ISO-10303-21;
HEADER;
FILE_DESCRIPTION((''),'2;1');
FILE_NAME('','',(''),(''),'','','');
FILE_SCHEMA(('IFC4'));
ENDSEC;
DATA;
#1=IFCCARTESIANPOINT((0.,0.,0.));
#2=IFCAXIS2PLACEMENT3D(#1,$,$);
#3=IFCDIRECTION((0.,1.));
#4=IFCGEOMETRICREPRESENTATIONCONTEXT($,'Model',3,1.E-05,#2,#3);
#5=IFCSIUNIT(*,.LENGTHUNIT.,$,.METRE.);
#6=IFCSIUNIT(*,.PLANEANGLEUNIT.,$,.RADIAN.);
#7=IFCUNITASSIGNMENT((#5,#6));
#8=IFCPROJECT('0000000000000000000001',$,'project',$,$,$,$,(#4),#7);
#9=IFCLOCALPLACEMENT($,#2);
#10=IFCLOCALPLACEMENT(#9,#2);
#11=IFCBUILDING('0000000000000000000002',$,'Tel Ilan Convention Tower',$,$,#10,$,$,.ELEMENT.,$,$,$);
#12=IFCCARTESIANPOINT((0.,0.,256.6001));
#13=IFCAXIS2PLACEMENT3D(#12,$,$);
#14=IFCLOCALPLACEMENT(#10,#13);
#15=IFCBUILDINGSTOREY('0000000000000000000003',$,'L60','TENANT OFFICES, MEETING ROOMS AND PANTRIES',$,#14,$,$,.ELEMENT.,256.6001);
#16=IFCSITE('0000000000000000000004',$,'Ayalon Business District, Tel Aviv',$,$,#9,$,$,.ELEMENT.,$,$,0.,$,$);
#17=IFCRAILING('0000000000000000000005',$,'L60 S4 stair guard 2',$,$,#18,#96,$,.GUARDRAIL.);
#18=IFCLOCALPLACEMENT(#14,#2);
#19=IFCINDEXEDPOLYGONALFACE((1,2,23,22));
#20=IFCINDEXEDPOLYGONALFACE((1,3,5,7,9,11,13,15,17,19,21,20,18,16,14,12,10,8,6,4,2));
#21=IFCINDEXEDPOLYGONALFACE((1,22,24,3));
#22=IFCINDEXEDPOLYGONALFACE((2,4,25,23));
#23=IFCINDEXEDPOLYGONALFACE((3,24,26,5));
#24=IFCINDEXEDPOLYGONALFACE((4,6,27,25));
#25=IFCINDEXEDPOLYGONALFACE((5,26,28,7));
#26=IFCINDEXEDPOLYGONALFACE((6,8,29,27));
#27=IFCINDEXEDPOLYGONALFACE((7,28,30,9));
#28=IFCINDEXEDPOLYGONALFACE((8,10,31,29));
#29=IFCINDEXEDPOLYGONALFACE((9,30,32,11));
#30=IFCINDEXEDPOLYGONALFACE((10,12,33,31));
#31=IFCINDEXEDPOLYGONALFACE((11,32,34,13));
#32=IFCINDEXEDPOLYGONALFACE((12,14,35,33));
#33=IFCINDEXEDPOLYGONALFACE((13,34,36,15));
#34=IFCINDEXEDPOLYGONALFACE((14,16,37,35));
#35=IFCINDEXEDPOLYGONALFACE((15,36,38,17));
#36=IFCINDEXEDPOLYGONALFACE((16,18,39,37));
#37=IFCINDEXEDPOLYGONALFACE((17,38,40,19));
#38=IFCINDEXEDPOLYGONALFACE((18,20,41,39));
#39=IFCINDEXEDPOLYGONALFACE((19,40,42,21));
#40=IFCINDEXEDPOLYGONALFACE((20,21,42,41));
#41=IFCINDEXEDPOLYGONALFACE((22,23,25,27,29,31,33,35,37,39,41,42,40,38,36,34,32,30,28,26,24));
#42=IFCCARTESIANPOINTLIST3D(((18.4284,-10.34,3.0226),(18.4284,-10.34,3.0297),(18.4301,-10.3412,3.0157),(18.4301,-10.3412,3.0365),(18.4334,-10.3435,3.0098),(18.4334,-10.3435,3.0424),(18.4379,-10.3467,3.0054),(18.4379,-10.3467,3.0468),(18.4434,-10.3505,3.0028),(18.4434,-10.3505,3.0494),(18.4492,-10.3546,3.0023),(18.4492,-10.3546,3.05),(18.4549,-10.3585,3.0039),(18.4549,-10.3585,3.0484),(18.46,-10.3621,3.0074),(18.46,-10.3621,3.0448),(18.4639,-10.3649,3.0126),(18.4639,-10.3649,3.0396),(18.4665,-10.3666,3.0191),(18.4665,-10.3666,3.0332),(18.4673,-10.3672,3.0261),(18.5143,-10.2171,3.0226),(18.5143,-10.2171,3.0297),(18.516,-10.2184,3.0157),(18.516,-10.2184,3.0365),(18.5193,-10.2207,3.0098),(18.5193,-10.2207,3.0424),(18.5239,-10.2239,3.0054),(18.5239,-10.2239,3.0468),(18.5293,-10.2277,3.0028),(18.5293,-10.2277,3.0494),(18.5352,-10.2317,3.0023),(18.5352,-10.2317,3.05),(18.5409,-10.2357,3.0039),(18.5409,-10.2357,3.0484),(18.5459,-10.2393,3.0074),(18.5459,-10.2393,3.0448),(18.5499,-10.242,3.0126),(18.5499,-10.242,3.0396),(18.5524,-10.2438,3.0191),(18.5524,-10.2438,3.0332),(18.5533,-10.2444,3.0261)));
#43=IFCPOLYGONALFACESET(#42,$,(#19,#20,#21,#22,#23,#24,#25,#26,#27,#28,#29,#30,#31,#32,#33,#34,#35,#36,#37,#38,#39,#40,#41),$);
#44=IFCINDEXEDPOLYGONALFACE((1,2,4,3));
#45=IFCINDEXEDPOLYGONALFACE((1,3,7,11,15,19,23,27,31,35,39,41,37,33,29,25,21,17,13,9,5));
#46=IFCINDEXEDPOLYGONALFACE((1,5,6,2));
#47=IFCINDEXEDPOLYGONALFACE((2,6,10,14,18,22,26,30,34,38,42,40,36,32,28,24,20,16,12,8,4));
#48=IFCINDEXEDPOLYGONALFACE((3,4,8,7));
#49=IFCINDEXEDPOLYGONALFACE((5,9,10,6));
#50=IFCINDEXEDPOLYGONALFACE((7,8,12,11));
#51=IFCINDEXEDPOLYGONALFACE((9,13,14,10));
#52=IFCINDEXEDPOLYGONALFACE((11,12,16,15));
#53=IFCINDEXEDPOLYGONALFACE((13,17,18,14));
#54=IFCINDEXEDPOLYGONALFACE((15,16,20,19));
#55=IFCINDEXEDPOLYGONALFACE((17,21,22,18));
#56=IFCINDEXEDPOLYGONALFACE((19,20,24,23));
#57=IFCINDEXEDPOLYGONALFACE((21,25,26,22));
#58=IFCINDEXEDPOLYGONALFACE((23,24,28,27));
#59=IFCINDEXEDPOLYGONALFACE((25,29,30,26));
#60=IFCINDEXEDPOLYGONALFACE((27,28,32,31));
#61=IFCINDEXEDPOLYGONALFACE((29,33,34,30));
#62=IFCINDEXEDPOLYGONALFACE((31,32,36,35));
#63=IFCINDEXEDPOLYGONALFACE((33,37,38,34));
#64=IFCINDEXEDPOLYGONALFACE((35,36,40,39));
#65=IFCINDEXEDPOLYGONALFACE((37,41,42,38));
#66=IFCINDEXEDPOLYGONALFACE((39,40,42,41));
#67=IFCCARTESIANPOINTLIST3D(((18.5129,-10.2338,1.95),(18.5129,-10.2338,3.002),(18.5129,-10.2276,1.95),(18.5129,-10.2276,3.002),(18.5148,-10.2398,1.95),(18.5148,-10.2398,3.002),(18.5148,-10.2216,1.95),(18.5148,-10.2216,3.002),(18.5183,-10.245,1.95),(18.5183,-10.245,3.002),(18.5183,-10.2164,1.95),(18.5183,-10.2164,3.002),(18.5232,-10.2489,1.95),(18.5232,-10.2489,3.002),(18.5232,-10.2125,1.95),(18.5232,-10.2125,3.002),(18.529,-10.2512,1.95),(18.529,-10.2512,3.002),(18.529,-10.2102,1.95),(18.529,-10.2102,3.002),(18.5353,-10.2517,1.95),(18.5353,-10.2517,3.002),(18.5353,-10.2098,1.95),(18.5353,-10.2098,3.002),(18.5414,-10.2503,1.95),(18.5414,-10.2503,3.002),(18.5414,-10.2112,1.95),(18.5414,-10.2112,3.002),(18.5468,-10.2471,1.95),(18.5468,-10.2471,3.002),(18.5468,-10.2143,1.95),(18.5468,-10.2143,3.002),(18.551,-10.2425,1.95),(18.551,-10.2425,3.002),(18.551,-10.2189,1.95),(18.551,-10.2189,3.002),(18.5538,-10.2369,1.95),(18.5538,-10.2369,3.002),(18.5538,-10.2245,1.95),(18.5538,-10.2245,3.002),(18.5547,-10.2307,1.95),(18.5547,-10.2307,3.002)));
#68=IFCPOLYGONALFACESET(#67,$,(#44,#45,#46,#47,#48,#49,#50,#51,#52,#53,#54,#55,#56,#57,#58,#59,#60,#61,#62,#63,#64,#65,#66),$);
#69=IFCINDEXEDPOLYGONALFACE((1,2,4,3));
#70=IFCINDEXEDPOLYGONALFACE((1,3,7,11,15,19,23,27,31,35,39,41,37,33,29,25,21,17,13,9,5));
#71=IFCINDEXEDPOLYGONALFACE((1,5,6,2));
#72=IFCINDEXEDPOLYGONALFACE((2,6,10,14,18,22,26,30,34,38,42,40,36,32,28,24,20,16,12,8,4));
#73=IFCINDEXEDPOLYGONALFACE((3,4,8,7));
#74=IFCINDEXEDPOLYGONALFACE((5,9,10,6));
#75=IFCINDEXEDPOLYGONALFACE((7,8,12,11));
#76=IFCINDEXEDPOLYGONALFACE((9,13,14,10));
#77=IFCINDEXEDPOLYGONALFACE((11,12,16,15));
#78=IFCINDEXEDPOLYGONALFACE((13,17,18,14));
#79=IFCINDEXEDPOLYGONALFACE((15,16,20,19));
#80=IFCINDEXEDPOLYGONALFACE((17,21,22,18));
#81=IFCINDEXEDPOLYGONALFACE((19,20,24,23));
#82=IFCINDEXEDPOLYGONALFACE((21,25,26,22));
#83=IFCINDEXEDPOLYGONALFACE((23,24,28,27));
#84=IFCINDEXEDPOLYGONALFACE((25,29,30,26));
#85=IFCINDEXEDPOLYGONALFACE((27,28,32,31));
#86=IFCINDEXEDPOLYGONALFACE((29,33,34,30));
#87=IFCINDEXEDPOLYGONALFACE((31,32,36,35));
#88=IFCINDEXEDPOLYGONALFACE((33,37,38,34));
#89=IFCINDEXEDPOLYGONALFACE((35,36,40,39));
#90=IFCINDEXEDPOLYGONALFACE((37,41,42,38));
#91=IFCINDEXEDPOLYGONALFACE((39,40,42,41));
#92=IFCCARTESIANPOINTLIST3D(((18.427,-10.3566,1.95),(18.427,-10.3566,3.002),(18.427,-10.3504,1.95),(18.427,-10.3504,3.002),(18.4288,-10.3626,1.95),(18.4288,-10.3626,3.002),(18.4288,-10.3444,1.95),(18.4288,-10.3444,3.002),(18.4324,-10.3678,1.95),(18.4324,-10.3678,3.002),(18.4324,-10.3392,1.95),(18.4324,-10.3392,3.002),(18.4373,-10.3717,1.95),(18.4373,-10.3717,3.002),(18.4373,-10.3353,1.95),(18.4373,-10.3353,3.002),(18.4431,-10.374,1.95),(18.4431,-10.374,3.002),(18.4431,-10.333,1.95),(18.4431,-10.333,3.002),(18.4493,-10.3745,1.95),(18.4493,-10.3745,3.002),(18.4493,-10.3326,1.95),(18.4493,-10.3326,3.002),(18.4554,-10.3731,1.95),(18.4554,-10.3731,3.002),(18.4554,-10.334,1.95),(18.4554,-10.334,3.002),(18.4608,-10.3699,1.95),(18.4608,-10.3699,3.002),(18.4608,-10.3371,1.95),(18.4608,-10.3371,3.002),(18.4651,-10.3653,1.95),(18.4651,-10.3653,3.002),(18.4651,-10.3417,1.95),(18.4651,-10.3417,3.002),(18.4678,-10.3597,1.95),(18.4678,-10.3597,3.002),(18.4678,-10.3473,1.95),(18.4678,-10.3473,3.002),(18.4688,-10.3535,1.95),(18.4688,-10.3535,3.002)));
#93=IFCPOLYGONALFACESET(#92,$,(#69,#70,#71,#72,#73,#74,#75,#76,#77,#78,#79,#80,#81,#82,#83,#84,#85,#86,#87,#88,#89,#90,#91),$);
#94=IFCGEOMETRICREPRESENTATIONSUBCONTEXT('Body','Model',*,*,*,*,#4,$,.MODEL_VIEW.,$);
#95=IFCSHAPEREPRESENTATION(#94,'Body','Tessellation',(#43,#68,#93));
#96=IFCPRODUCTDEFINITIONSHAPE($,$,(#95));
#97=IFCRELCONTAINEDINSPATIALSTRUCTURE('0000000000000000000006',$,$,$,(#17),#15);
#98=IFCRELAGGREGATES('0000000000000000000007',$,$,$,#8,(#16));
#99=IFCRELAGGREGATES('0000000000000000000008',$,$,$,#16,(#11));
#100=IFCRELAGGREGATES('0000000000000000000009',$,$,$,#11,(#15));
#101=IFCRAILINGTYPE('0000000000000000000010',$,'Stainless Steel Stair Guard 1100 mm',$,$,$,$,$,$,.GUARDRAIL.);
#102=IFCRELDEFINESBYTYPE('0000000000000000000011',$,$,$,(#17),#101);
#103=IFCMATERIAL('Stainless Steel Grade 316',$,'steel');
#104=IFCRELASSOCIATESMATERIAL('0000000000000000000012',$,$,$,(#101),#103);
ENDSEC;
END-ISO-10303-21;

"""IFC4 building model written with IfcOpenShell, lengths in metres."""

from ifc_helpers import new_model, si_unit, direction, frame, origin, origin_2d, place, context, subcontext, project, spatial, circle, extrude, material, type_object, element, save


model = new_model("IFC4")

# Units and contexts
model_context = context("Model", 3, precision=1e-05, world=origin(), true_north=direction((0.0, 1.0)))
body_context = subcontext(model_context, "Body", "Model", "MODEL_VIEW")
ifc_project = project(units=[si_unit("LENGTHUNIT", "METRE"), si_unit("PLANEANGLEUNIT", "RADIAN")], contexts=[model_context])

# Site, building, storey
site_placement = place(None, origin())
site = spatial("IfcSite", under=ifc_project, at=site_placement, Name="Ayalon Business District, Tel Aviv", CompositionType="ELEMENT", RefElevation=0.0)
building_placement = place(site_placement, origin())
building = spatial("IfcBuilding", under=site, at=building_placement, Name="Tel Ilan Convention Tower", CompositionType="ELEMENT")
storey_placement = place(building_placement, frame((0.0, 0.0, 256.6001)))
storey = spatial("IfcBuildingStorey", under=building, at=storey_placement, Name="L60", Description="TENANT OFFICES, MEETING ROOMS AND PANTRIES", CompositionType="ELEMENT", Elevation=256.6001)

# Railing
ifc_material_1 = material(Name="Stainless Steel Grade 316", Category="steel")
railing_type_1 = type_object("IfcRailingType", Name="Stainless Steel Stair Guard 1100 mm", PredefinedType="GUARDRAIL", material=ifc_material_1)
railing_1_placement = place(storey_placement, frame((18.5337, -10.2307, 1.95)))
element("IfcRailing", 1, at=railing_1_placement, inside=storey, type_object=railing_type_1, Name="L60 S4 stair guard 2", PredefinedType="GUARDRAIL", context=body_context, shape_type="SweptSolid", body=[
    extrude(circle(Radius=0.0239, at=origin_2d()), frame((0.0, 0.0, 1.0762), z_axis=(-0.573353, -0.819308, 0.0), x_axis=(0.819308, -0.573353, 0.0)), (0.0, 0.0, 1.0), 0.1499),
    extrude(circle(Radius=0.021, at=origin_2d()), origin(), (0.0, 0.0, 1.0), 1.052),
    extrude(circle(Radius=0.021, at=origin_2d()), frame((-0.0859, -0.1228, 0.0)), (0.0, 0.0, 1.0), 1.052),
])

save(model, "model.ifc")
